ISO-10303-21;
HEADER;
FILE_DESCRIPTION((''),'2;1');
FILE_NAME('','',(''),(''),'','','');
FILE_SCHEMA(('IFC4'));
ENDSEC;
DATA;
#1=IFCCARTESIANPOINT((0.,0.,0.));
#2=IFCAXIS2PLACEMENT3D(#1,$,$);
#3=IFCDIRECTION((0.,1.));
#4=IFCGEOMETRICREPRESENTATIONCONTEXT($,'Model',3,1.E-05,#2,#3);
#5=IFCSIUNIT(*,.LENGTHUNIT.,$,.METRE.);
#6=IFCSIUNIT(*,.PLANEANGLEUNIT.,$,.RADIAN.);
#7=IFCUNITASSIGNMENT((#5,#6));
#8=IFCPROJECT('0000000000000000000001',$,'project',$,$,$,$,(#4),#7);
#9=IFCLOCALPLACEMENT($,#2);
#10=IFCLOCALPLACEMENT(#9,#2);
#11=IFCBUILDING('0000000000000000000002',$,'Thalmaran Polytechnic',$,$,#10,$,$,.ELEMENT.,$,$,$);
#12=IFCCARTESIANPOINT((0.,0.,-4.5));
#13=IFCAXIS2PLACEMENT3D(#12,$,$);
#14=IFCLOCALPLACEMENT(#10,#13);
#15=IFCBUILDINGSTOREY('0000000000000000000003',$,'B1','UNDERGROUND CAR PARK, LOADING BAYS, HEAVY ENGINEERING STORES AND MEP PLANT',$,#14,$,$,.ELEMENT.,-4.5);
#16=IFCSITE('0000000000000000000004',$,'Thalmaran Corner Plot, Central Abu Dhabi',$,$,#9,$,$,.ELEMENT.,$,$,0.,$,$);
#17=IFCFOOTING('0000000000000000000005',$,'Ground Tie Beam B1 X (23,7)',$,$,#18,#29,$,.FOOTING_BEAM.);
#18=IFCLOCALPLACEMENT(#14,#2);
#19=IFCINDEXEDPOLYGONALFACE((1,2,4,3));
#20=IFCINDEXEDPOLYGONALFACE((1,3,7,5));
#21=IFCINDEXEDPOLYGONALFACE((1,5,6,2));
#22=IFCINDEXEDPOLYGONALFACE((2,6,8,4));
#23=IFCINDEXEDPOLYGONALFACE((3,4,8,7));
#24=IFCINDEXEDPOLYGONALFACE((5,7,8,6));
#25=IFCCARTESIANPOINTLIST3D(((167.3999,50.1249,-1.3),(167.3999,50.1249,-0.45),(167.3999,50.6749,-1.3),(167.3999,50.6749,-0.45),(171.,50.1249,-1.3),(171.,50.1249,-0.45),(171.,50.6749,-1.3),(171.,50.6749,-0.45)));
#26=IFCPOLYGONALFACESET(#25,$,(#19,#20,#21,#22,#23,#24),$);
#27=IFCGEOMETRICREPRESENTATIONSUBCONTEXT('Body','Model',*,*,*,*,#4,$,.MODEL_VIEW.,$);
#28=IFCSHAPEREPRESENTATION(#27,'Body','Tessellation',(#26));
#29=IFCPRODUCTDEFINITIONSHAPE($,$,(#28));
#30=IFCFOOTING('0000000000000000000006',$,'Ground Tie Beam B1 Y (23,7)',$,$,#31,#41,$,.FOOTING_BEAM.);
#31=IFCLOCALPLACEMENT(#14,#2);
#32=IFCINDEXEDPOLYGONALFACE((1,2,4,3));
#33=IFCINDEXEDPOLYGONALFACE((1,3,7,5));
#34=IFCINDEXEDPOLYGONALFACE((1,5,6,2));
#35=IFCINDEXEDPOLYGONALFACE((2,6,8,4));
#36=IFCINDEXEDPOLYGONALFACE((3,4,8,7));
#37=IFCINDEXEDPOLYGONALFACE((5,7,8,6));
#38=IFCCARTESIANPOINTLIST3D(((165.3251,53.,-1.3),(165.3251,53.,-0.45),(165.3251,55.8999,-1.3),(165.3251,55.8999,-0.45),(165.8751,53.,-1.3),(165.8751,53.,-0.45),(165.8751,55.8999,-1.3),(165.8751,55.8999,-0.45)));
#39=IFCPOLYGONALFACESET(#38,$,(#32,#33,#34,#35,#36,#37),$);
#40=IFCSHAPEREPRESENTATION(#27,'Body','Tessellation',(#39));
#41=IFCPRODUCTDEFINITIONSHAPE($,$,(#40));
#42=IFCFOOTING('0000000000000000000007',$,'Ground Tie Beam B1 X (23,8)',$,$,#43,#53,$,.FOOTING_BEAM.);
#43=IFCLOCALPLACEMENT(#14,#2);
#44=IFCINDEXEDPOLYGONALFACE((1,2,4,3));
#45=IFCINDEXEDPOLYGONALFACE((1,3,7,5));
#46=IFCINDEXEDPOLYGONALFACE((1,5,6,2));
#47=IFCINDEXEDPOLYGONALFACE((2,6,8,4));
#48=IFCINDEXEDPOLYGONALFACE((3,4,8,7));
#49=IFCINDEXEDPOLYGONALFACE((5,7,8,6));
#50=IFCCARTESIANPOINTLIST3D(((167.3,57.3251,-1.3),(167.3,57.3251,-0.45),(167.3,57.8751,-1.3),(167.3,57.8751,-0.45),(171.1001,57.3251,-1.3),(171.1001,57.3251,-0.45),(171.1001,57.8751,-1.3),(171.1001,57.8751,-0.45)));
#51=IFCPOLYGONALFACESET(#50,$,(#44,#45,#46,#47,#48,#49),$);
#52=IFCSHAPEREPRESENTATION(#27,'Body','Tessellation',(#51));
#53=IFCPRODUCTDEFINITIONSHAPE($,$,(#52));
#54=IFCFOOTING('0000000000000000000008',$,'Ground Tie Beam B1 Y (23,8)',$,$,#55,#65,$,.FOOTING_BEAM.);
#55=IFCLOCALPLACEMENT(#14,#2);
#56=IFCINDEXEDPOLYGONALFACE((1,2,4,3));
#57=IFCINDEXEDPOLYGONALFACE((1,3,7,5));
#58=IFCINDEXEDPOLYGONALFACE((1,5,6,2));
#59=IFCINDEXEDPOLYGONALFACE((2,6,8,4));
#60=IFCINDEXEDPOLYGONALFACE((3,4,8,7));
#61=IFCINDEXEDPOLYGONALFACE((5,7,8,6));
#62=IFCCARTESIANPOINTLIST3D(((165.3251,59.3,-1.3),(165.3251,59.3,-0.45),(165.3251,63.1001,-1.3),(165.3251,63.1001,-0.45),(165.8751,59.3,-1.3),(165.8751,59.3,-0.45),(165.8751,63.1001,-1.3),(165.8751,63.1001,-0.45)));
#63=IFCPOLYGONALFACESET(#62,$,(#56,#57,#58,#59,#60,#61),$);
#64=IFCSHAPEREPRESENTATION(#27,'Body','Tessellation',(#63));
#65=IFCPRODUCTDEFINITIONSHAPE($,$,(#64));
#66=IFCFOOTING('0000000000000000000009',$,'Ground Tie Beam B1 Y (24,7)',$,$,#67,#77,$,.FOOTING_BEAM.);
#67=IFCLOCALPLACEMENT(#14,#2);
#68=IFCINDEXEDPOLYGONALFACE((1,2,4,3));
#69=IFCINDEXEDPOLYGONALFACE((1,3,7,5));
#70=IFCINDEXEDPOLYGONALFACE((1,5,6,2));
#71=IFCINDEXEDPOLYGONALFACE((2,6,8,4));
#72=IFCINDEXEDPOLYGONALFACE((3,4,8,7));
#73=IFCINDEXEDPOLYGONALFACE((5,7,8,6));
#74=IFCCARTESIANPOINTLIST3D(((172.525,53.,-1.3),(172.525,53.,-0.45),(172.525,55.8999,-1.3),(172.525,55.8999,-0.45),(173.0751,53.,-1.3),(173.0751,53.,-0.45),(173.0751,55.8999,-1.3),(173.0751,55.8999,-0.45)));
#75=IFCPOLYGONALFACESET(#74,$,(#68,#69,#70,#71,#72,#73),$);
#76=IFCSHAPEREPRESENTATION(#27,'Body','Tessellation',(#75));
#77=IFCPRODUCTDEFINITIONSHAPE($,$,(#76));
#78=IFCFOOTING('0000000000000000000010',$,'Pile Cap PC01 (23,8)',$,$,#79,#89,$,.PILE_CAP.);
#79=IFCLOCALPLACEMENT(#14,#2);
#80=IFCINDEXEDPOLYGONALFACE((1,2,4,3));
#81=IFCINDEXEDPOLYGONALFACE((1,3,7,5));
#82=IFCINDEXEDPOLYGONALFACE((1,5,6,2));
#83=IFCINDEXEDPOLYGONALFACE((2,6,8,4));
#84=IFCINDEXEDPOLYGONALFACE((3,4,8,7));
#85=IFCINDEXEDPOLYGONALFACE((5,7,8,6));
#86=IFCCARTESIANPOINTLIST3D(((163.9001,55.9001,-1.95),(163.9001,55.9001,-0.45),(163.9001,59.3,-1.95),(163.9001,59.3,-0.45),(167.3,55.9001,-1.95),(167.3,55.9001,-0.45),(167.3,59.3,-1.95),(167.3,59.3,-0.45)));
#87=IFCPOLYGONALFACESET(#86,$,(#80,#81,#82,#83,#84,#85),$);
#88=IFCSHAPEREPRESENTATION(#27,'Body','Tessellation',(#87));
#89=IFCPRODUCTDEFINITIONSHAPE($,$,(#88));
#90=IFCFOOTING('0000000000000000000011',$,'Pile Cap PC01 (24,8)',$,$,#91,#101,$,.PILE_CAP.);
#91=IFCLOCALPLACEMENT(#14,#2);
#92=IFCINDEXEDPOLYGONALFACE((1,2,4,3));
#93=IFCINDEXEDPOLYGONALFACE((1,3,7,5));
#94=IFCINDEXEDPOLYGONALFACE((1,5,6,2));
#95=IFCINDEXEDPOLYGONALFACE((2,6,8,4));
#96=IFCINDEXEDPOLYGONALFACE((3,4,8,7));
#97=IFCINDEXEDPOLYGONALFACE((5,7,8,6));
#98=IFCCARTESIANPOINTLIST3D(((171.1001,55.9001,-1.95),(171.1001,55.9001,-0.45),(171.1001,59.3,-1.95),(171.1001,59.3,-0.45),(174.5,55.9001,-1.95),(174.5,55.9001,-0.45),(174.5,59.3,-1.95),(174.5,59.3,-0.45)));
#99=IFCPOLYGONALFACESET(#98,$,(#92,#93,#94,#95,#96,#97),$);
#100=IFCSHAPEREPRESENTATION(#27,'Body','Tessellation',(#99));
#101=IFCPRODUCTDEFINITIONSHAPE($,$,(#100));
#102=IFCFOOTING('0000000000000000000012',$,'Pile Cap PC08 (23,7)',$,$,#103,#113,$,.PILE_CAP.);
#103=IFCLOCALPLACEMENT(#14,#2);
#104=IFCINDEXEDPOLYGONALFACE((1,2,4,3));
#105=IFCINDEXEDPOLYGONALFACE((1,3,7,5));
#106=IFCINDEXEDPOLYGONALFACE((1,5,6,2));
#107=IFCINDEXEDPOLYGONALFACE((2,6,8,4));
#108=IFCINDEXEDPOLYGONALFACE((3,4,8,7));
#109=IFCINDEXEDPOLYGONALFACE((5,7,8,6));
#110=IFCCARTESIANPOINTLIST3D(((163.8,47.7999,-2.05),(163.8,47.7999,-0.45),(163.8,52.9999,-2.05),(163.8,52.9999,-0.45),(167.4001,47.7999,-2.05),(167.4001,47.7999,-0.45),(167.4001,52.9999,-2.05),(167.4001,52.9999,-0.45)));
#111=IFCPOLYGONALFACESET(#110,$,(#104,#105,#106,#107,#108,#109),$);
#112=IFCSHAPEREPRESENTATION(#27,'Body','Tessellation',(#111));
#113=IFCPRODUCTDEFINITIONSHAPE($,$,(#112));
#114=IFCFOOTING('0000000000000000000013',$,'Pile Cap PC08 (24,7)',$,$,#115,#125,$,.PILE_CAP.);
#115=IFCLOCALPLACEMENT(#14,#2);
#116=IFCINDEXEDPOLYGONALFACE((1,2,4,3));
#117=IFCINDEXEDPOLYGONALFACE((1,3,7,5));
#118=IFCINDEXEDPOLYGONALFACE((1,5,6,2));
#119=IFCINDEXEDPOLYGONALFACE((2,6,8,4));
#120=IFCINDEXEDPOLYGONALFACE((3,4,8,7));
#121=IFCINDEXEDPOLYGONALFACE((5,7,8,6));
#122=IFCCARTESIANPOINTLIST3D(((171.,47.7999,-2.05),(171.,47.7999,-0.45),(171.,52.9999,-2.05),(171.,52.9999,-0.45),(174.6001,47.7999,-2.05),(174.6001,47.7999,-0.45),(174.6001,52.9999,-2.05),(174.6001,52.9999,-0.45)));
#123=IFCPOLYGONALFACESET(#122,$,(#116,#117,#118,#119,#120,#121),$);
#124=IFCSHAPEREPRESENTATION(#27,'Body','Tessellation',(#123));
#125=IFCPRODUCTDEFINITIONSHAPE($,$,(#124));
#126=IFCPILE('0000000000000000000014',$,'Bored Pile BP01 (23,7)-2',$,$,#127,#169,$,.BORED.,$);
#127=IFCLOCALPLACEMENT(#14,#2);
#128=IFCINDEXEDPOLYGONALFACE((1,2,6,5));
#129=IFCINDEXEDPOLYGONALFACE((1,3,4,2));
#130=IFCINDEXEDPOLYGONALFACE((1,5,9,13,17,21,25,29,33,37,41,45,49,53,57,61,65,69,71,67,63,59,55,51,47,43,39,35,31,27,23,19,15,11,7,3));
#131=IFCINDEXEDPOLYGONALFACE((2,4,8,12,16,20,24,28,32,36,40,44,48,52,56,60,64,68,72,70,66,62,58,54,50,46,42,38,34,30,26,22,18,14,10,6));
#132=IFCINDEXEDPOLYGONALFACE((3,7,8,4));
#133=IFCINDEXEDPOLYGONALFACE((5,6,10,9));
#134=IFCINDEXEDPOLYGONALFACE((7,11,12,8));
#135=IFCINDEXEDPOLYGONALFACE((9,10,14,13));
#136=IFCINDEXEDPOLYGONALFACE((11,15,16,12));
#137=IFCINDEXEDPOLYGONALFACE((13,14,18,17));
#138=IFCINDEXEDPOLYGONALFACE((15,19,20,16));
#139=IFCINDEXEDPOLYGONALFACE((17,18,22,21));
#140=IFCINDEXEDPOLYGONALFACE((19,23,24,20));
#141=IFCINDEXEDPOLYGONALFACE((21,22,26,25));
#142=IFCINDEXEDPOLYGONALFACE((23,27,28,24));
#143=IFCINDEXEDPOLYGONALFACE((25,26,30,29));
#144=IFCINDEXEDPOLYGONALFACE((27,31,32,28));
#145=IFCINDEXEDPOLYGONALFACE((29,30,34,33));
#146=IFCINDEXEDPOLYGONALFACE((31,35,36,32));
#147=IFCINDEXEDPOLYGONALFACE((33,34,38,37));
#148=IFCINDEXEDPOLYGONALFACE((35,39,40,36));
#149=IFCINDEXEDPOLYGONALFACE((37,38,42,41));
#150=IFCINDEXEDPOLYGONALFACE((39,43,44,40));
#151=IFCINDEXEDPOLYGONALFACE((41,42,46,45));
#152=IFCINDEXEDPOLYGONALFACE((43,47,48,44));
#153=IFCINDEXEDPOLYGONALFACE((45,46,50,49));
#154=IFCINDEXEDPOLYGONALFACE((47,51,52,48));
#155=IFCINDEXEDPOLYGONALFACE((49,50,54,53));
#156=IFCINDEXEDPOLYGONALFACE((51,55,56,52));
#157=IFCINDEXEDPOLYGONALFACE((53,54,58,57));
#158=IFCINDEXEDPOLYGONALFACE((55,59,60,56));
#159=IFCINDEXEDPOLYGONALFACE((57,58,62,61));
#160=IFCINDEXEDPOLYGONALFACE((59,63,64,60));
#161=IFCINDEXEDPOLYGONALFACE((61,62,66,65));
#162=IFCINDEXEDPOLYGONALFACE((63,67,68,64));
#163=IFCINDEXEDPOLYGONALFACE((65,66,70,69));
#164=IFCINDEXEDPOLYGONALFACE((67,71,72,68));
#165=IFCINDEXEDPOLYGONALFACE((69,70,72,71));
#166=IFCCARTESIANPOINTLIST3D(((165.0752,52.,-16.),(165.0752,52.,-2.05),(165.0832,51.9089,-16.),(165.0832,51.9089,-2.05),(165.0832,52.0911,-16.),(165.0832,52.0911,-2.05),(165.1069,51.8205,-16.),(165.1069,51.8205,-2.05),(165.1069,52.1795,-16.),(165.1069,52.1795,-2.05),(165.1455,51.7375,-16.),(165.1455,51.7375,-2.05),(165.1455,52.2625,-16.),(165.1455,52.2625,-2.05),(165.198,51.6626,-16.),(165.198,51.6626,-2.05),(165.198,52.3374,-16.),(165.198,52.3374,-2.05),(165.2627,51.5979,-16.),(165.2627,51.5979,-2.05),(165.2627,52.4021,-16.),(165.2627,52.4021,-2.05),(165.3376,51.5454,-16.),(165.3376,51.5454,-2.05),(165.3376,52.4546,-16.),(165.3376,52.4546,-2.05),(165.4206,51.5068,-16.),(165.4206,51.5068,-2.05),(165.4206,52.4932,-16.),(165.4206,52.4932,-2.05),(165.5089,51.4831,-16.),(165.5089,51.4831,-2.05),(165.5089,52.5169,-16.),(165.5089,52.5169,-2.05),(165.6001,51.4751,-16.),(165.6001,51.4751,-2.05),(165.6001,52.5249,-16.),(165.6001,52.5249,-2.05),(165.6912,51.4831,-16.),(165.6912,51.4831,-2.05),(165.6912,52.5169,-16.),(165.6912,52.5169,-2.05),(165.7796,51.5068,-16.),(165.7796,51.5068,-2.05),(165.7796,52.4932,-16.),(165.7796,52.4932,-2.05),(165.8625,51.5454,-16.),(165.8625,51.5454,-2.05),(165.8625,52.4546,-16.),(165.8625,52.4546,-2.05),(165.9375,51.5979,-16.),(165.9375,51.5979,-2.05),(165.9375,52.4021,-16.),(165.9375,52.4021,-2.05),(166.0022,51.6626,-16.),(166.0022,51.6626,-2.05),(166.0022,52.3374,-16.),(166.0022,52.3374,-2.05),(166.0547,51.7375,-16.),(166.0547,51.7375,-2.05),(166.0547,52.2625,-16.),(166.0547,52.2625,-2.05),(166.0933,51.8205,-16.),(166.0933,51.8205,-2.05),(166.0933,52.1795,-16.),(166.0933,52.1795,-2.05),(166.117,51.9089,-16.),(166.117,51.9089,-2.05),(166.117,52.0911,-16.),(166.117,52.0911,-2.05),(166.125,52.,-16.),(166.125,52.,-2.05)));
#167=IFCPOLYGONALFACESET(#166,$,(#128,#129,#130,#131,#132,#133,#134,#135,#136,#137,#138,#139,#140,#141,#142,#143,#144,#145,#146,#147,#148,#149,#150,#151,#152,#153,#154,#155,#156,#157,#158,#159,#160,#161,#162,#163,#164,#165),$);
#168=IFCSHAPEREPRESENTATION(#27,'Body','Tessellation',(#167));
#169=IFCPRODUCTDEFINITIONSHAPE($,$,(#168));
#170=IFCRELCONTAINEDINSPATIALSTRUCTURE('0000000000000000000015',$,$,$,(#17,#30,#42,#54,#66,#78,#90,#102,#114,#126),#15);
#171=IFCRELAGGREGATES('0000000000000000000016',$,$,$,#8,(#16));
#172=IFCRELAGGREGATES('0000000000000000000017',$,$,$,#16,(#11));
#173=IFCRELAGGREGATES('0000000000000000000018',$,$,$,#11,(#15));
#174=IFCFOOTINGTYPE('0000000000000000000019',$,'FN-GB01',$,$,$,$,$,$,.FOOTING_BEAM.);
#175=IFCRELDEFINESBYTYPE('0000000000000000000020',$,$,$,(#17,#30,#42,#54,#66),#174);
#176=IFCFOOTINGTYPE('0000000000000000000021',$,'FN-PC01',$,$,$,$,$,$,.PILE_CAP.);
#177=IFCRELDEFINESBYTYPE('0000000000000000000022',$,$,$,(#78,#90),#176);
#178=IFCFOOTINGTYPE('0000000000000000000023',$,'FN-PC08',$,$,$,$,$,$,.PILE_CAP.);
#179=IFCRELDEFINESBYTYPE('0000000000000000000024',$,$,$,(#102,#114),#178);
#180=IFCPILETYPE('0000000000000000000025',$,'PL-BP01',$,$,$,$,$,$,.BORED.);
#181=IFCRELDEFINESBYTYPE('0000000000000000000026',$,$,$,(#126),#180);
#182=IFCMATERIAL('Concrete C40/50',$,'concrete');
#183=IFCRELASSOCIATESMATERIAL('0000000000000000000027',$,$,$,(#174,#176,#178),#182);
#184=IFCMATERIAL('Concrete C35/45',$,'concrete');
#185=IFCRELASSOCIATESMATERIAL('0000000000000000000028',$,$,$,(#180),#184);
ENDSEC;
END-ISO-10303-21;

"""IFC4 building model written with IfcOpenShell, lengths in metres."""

from ifc_helpers import new_model, si_unit, direction, frame, origin, origin_2d, place, context, subcontext, project, spatial, rectangle, circle, extrude, material, material_profile, profile_set, type_object, element, save


model = new_model("IFC4")

# Units and contexts
model_context = context("Model", 3, precision=1e-05, world=origin(), true_north=direction((0.0, 1.0)))
body_context = subcontext(model_context, "Body", "Model", "MODEL_VIEW")
ifc_project = project(units=[si_unit("LENGTHUNIT", "METRE"), si_unit("PLANEANGLEUNIT", "RADIAN")], contexts=[model_context])

# Site, building, storey
site_placement = place(None, origin())
site = spatial("IfcSite", under=ifc_project, at=site_placement, Name="Thalmaran Corner Plot, Central Abu Dhabi", CompositionType="ELEMENT", RefElevation=0.0)
building_placement = place(site_placement, origin())
building = spatial("IfcBuilding", under=site, at=building_placement, Name="Thalmaran Polytechnic", CompositionType="ELEMENT")
storey_placement = place(building_placement, frame((0.0, 0.0, -4.5)))
storey = spatial("IfcBuildingStorey", under=building, at=storey_placement, Name="B1", Description="UNDERGROUND CAR PARK, LOADING BAYS, HEAVY ENGINEERING STORES AND MEP PLANT", CompositionType="ELEMENT", Elevation=-4.5)

# Footings
ifc_material_1 = material(Name="Concrete C40/50", Category="concrete")
ifc_material_profile_1 = material_profile(ifc_material_1, rectangle(XDim=0.55, YDim=0.8501, at=origin_2d()), Name="RC 550x850")
ifc_profile_set_1 = profile_set([ifc_material_profile_1], Name="Concrete C40/50")
footing_type_1 = type_object("IfcFootingType", Name="FN-GB01", PredefinedType="FOOTING_BEAM", material=ifc_profile_set_1)
footing_1_placement = place(storey_placement, frame((167.3999, 50.3999, -0.875), z_axis=(1.0, 0.0, 0.0), x_axis=(0.0, 1.0, 0.0)))
element("IfcFooting", 1, at=footing_1_placement, inside=storey, type_object=footing_type_1, Name="Ground Tie Beam B1 X (23,7)", PredefinedType="FOOTING_BEAM", context=body_context, shape_type="SweptSolid", body=[
    extrude(rectangle(XDim=0.55, YDim=0.8501, at=origin_2d()), origin(), (0.0, 0.0, 1.0), 3.6001),
])
footing_2_placement = place(storey_placement, frame((165.6001, 53.0, -0.875), z_axis=(0.0, 1.0, 0.0), x_axis=(-1.0, 0.0, 0.0)))
element("IfcFooting", 2, at=footing_2_placement, inside=storey, type_object=footing_type_1, Name="Ground Tie Beam B1 Y (23,7)", PredefinedType="FOOTING_BEAM", context=body_context, shape_type="SweptSolid", body=[
    extrude(rectangle(XDim=0.55, YDim=0.8501, at=origin_2d()), origin(), (0.0, 0.0, 1.0), 2.8999),
])
for number, where, z_axis, x_axis, name in (
    (3, (167.3, 57.6001, -0.875), (1.0, 0.0, 0.0), (0.0, 1.0, 0.0), "Ground Tie Beam B1 X (23,8)"),
    (4, (165.6001, 59.3, -0.875), (0.0, 1.0, 0.0), (-1.0, 0.0, 0.0), "Ground Tie Beam B1 Y (23,8)"),
):
    element("IfcFooting", number, at=place(storey_placement, frame(where, z_axis=z_axis, x_axis=x_axis)), inside=storey, type_object=footing_type_1, Name=name, PredefinedType="FOOTING_BEAM", context=body_context, shape_type="SweptSolid", body=[
        extrude(rectangle(XDim=0.55, YDim=0.8501, at=origin_2d()), origin(), (0.0, 0.0, 1.0), 3.8),
    ])
footing_3_placement = place(storey_placement, frame((172.8, 53.0, -0.875), z_axis=(0.0, 1.0, 0.0), x_axis=(-1.0, 0.0, 0.0)))
element("IfcFooting", 5, at=footing_3_placement, inside=storey, type_object=footing_type_1, Name="Ground Tie Beam B1 Y (24,7)", PredefinedType="FOOTING_BEAM", context=body_context, shape_type="SweptSolid", body=[
    extrude(rectangle(XDim=0.55, YDim=0.8501, at=origin_2d()), origin(), (0.0, 0.0, 1.0), 2.8999),
])
footing_type_2 = type_object("IfcFootingType", Name="FN-PC01", PredefinedType="PILE_CAP", material=ifc_material_1)
for number, where, z_axis, x_axis, name in (
    (6, (165.6001, 57.6001, -1.95), (0.0, 0.0, 1.0), (1.0, 0.0, 0.0), "Pile Cap PC01 (23,8)"),
    (7, (172.8, 57.6001, -1.95), (0.0, 0.0, 1.0), (1.0, 0.0, 0.0), "Pile Cap PC01 (24,8)"),
):
    element("IfcFooting", number, at=place(storey_placement, frame(where, z_axis=z_axis, x_axis=x_axis)), inside=storey, type_object=footing_type_2, Name=name, PredefinedType="PILE_CAP", context=body_context, shape_type="SweptSolid", body=[
        extrude(rectangle(XDim=3.3999, YDim=3.3999, at=origin_2d()), origin(), (0.0, 0.0, 1.0), 1.5),
    ])
footing_type_3 = type_object("IfcFootingType", Name="FN-PC08", PredefinedType="PILE_CAP", material=ifc_material_1)
for number, where, z_axis, x_axis, name in (
    (8, (165.6001, 50.3999, -2.05), (0.0, 0.0, 1.0), (1.0, 0.0, 0.0), "Pile Cap PC08 (23,7)"),
    (9, (172.8, 50.3999, -2.05), (0.0, 0.0, 1.0), (1.0, 0.0, 0.0), "Pile Cap PC08 (24,7)"),
):
    element("IfcFooting", number, at=place(storey_placement, frame(where, z_axis=z_axis, x_axis=x_axis)), inside=storey, type_object=footing_type_3, Name=name, PredefinedType="PILE_CAP", context=body_context, shape_type="SweptSolid", body=[
        extrude(rectangle(XDim=3.6001, YDim=5.2, at=origin_2d()), origin(), (0.0, 0.0, 1.0), 1.6001),
    ])

# Pile
ifc_material_2 = material(Name="Concrete C35/45", Category="concrete")
ifc_material_profile_2 = material_profile(ifc_material_2, circle(Radius=0.5249, at=origin_2d()), Name="RC 1050 DIA")
ifc_profile_set_2 = profile_set([ifc_material_profile_2], Name="Concrete C35/45")
pile_type_1 = type_object("IfcPileType", Name="PL-BP01", PredefinedType="BORED", material=ifc_profile_set_2)
for number, where, z_axis, x_axis, name in (
    (10, (165.6001, 52.0, -2.05), (0.0, 0.0, -1.0), (1.0, 0.0, 0.0), "Bored Pile BP01 (23,7)-2"),
):
    element("IfcPile", number, at=place(storey_placement, frame(where, z_axis=z_axis, x_axis=x_axis)), inside=storey, type_object=pile_type_1, Name=name, PredefinedType="BORED", context=body_context, shape_type="SweptSolid", body=[
        extrude(circle(Radius=0.5249, at=origin_2d()), origin(), (0.0, 0.0, 1.0), 13.95),
    ])

save(model, "model.ifc")
